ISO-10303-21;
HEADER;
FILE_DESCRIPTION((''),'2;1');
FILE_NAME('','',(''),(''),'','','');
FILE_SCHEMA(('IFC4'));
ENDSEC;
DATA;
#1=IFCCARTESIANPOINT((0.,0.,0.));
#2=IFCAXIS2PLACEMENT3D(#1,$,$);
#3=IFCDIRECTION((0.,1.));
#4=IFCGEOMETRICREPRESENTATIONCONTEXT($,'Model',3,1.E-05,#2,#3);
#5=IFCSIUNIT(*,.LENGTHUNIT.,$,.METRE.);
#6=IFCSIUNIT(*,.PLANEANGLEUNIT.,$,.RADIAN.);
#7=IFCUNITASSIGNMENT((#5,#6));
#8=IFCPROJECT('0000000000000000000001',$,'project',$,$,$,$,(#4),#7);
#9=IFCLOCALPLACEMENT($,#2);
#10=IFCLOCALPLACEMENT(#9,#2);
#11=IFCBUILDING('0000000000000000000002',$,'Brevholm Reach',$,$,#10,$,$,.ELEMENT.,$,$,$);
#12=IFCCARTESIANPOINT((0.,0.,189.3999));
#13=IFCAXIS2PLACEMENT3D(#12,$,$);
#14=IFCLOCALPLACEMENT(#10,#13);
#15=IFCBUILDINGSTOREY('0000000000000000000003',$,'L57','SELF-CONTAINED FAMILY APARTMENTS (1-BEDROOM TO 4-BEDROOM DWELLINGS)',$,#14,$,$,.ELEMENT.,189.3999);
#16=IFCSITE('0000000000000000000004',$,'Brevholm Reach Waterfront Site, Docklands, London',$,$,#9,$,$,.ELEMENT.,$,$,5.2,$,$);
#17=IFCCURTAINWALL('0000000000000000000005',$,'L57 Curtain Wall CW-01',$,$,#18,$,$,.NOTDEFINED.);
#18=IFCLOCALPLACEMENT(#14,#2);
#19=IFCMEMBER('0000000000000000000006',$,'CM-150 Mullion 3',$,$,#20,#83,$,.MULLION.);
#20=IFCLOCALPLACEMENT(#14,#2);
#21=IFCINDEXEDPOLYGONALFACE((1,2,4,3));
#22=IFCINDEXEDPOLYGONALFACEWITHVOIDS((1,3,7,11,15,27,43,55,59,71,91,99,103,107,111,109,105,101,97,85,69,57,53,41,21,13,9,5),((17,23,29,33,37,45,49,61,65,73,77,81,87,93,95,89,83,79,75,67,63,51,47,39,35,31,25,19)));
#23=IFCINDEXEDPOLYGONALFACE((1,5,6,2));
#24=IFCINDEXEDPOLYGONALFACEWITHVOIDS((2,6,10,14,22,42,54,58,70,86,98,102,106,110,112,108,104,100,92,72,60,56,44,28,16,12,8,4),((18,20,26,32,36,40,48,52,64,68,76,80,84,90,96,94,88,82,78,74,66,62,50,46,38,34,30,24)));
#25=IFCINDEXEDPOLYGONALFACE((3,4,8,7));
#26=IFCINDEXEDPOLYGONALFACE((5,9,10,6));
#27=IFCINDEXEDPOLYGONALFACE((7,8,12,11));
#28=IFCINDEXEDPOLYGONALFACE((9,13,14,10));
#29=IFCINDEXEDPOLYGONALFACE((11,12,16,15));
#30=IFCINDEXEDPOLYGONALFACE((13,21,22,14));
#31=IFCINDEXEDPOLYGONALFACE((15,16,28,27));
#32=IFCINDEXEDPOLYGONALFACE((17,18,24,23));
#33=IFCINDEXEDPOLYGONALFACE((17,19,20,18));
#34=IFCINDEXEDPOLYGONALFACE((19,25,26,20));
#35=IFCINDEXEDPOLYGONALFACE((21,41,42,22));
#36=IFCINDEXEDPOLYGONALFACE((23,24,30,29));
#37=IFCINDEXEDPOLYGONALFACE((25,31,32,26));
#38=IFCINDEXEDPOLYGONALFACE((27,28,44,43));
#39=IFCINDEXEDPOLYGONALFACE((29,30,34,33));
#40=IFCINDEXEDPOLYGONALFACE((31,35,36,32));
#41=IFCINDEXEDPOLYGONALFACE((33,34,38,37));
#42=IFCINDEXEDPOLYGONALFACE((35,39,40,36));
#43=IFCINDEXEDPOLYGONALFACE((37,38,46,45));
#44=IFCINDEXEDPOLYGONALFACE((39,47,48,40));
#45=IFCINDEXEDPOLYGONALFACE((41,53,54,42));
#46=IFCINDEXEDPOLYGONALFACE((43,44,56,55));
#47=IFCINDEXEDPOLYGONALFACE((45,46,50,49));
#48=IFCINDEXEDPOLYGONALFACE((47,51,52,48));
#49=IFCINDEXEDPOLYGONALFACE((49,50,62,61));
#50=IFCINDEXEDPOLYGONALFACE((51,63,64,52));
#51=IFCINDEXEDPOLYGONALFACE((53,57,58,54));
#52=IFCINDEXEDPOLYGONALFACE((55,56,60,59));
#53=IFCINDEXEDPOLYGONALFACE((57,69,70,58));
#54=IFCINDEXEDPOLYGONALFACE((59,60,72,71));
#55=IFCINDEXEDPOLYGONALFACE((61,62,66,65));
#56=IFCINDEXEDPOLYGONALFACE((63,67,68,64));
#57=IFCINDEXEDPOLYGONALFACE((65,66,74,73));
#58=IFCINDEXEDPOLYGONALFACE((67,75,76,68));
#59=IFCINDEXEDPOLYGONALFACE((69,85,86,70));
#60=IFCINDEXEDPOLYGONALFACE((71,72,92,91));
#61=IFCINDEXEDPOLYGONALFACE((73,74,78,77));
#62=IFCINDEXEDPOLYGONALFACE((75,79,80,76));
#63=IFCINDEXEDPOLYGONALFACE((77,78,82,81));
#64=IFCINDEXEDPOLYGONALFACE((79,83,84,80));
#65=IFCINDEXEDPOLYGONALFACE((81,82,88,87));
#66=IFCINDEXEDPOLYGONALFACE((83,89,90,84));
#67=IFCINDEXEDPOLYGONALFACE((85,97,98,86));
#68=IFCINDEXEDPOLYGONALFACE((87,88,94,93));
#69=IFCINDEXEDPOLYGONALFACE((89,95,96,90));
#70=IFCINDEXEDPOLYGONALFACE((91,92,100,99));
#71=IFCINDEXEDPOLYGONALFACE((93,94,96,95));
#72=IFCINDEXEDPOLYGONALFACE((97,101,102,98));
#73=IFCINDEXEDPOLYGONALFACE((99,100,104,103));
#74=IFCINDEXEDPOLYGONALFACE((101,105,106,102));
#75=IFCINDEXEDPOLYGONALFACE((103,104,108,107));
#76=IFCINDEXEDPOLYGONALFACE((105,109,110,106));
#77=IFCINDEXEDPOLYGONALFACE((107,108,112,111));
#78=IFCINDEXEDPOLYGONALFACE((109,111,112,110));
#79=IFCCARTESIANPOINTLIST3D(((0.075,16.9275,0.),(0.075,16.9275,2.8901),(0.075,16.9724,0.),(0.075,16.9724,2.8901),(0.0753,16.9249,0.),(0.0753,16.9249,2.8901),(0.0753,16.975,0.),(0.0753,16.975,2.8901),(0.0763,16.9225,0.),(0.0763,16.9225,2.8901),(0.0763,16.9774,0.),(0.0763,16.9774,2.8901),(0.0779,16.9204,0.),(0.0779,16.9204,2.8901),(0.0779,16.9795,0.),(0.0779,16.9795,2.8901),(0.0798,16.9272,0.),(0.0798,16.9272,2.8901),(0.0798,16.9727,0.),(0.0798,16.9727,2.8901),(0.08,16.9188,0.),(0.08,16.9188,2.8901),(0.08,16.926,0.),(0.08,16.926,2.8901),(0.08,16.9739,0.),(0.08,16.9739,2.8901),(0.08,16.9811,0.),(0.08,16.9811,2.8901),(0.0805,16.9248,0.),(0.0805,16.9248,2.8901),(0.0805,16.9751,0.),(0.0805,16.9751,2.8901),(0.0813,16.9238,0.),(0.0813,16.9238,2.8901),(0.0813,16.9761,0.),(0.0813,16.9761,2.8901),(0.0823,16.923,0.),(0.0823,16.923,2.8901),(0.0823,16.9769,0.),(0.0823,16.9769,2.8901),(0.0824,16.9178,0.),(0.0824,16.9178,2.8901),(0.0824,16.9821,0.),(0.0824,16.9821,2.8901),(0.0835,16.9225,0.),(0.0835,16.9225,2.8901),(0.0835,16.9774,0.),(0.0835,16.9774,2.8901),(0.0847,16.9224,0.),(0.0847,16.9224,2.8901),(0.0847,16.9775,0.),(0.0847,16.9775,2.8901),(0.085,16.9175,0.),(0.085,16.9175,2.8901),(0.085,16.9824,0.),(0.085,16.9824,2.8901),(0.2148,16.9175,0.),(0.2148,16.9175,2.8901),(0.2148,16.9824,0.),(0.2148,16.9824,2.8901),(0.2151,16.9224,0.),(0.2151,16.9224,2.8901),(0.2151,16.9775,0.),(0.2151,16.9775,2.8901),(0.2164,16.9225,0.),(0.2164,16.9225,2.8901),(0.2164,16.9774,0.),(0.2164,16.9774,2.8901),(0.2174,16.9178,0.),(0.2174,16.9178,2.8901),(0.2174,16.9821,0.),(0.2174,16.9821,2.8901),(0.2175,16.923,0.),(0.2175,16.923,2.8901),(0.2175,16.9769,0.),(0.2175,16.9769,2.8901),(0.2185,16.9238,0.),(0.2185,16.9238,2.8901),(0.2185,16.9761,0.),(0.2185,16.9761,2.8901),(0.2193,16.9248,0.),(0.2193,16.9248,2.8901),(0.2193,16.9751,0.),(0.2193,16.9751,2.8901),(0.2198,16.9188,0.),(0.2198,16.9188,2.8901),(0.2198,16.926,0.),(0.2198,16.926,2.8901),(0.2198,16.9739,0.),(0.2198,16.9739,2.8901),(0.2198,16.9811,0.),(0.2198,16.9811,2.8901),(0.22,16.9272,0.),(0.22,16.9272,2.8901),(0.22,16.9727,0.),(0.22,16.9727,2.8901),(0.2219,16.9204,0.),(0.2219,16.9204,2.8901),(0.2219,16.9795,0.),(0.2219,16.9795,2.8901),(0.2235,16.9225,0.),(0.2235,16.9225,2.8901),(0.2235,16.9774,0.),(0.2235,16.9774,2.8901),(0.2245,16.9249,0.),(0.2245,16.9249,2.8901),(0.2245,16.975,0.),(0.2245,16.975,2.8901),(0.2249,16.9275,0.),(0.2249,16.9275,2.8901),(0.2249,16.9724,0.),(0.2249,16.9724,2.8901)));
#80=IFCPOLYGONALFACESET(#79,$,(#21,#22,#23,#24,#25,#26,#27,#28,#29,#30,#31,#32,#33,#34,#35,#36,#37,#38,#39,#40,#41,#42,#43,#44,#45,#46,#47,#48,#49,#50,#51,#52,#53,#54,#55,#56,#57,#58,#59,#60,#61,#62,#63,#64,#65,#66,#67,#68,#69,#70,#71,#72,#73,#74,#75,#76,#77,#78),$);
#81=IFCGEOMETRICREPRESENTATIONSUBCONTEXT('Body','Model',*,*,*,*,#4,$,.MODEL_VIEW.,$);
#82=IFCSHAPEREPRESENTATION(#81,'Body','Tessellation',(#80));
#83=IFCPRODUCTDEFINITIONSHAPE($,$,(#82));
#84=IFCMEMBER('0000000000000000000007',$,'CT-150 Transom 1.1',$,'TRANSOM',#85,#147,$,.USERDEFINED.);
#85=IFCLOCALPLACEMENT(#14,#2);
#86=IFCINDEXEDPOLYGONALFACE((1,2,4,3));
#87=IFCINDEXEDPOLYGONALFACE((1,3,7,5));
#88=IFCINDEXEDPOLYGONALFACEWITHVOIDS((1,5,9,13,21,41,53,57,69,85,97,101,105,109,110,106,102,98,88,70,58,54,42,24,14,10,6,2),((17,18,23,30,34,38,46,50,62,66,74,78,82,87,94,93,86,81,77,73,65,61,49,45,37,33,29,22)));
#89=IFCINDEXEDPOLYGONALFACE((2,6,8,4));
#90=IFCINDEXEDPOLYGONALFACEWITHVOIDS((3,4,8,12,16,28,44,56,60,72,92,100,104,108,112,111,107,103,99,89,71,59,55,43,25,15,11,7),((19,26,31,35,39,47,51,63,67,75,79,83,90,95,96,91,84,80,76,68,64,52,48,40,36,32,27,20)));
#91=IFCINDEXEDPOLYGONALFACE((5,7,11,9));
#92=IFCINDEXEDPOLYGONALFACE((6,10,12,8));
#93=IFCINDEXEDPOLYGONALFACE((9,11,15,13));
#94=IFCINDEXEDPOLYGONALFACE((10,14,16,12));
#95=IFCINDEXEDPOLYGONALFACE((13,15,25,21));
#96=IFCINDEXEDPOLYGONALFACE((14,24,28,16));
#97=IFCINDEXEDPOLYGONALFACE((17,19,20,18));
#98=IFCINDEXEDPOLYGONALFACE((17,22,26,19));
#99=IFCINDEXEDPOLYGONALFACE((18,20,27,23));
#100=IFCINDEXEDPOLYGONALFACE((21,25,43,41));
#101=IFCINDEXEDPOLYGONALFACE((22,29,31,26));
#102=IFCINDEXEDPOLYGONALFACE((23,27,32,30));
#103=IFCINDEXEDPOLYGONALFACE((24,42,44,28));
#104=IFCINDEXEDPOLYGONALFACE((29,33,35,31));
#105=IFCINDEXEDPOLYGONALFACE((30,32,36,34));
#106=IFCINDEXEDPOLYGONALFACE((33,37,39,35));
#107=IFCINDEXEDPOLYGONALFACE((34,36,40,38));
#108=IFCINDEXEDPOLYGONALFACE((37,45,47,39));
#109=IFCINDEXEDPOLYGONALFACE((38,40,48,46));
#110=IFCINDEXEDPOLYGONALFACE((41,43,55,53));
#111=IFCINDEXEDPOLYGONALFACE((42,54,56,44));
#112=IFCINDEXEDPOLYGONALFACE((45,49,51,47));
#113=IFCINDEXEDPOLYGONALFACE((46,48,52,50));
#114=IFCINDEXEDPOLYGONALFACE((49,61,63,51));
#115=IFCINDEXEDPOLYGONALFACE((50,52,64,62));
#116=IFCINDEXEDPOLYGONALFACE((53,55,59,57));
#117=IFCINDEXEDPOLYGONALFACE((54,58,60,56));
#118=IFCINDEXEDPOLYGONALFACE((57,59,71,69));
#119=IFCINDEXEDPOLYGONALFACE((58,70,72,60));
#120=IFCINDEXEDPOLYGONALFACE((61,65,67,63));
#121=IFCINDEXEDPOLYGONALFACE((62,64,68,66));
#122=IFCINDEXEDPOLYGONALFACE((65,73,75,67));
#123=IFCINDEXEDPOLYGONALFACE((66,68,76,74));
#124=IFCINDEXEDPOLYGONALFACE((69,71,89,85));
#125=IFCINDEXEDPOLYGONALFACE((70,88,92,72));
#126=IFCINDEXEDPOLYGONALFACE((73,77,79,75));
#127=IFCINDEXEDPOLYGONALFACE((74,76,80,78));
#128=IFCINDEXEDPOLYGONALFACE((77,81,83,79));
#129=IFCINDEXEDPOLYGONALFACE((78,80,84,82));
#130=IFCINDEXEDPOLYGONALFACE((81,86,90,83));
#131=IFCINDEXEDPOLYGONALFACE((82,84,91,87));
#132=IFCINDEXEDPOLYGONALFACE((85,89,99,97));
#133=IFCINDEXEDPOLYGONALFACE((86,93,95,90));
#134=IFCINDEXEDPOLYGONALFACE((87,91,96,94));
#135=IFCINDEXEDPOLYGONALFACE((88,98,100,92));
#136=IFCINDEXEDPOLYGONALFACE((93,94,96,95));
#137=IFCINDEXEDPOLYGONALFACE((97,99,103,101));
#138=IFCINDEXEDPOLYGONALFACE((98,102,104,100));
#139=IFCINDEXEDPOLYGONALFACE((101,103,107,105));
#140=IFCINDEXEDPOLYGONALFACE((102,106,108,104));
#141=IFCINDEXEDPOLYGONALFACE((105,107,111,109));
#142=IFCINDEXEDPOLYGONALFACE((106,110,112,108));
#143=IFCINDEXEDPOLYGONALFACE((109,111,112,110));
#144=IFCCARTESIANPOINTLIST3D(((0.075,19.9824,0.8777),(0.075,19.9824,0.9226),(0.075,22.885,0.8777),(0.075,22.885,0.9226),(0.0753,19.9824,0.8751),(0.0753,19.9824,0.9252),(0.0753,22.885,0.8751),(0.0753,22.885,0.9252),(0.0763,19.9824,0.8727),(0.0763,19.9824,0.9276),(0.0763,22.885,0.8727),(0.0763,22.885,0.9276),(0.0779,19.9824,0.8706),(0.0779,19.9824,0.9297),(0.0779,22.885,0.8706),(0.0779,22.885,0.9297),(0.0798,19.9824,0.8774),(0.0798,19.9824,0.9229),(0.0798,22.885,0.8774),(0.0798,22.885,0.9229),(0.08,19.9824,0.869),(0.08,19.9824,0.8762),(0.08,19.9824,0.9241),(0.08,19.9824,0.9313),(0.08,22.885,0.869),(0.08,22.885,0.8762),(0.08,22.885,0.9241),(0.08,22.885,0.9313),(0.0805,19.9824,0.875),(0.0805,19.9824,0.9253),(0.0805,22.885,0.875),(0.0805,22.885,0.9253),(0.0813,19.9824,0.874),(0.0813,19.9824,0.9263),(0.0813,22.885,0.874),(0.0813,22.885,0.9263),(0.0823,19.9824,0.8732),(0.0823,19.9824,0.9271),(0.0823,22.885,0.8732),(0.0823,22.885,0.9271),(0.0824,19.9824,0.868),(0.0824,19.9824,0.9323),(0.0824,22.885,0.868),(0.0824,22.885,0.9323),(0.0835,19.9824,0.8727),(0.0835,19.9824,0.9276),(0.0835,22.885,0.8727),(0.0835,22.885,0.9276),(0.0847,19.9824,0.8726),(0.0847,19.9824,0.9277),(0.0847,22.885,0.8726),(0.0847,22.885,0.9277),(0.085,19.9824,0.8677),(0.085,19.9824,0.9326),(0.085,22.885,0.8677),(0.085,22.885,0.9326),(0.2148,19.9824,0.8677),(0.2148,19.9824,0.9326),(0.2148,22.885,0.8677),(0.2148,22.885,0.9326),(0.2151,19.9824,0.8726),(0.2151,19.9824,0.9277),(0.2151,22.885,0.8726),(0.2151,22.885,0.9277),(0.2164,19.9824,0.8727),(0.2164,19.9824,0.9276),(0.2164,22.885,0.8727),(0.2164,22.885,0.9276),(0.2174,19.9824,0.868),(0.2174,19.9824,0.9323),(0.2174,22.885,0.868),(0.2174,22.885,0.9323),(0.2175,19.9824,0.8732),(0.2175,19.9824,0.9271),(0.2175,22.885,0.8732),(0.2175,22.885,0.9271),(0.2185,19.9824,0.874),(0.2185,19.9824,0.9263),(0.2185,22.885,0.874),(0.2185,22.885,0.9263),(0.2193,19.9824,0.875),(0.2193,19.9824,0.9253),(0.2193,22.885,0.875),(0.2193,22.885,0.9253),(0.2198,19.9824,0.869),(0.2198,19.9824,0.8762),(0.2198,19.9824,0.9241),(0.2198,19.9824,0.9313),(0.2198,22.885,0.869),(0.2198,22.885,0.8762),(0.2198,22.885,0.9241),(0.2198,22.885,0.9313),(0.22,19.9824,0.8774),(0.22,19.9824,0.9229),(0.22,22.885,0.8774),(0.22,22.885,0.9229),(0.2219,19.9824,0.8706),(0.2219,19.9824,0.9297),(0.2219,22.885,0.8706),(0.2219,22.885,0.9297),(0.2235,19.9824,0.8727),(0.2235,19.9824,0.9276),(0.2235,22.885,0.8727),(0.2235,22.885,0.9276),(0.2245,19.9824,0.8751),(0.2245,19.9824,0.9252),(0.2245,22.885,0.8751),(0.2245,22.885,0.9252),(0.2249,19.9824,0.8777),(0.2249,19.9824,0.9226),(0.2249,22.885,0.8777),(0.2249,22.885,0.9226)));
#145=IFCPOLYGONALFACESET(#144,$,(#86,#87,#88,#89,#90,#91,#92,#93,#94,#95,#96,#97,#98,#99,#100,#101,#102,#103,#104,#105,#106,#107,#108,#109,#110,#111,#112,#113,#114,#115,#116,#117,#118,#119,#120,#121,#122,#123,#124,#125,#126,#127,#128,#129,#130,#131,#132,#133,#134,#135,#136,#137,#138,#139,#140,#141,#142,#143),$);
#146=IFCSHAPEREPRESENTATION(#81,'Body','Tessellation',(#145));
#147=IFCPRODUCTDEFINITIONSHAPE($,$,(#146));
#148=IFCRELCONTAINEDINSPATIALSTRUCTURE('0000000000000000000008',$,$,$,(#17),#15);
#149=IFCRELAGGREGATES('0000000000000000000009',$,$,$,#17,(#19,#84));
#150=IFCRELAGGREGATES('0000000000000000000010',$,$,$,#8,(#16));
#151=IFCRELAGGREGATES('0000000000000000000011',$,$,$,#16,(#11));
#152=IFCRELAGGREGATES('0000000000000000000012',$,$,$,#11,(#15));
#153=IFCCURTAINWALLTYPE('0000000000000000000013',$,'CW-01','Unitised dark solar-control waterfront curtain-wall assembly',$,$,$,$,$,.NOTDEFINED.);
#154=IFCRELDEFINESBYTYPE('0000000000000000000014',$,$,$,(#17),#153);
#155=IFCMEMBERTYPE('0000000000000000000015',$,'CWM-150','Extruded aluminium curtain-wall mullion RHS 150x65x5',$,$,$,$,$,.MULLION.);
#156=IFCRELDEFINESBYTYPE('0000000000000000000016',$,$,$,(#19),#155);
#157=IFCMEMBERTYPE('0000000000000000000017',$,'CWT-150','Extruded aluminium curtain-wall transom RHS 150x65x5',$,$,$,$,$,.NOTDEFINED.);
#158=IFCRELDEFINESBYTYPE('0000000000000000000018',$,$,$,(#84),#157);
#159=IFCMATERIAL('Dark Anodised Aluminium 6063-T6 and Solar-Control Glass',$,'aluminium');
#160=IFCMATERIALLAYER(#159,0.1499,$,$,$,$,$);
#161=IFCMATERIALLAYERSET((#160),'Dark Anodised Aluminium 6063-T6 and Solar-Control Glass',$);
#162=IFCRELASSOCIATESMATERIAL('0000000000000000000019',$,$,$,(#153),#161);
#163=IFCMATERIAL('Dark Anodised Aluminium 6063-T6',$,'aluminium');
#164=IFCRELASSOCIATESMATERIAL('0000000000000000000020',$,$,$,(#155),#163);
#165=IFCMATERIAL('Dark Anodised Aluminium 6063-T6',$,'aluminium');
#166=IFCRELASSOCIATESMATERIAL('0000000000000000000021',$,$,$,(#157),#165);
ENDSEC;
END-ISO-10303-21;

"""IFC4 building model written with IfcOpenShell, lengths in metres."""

from ifc_helpers import new_model, si_unit, direction, frame, origin, origin_2d, place, context, subcontext, project, spatial, hollow_rectangle, extrude, material, layer, layer_set, material_profile, profile_set, type_object, element, aggregate, save


model = new_model("IFC4")

# Units and contexts
model_context = context("Model", 3, precision=1e-05, world=origin(), true_north=direction((0.0, 1.0)))
body_context = subcontext(model_context, "Body", "Model", "MODEL_VIEW")
ifc_project = project(units=[si_unit("LENGTHUNIT", "METRE"), si_unit("PLANEANGLEUNIT", "RADIAN")], contexts=[model_context])

# Site, building, storey
site_placement = place(None, origin())
site = spatial("IfcSite", under=ifc_project, at=site_placement, Name="Brevholm Reach Waterfront Site, Docklands, London", CompositionType="ELEMENT", RefElevation=5.2)
building_placement = place(site_placement, origin())
building = spatial("IfcBuilding", under=site, at=building_placement, Name="Brevholm Reach", CompositionType="ELEMENT")
storey_placement = place(building_placement, frame((0.0, 0.0, 189.3999)))
storey = spatial("IfcBuildingStorey", under=building, at=storey_placement, Name="L57", Description="SELF-CONTAINED FAMILY APARTMENTS (1-BEDROOM TO 4-BEDROOM DWELLINGS)", CompositionType="ELEMENT", Elevation=189.3999)

# Curtain wall, members
ifc_material_1 = material(Name="Dark Anodised Aluminium 6063-T6 and Solar-Control Glass", Category="aluminium")
ifc_layer_1 = layer(ifc_material_1, 0.1499)
ifc_layer_set_1 = layer_set([ifc_layer_1], Name="Dark Anodised Aluminium 6063-T6 and Solar-Control Glass")
curtain_wall_type = type_object("IfcCurtainWallType", Name="CW-01", Description="Unitised dark solar-control waterfront curtain-wall assembly", PredefinedType="NOTDEFINED", material=ifc_layer_set_1)
curtain_wall_placement = place(storey_placement, origin())
curtain_wall = element("IfcCurtainWall", 1, at=curtain_wall_placement, inside=storey, type_object=curtain_wall_type, Name="L57 Curtain Wall CW-01", PredefinedType="NOTDEFINED")
ifc_material_2 = material(Name="Dark Anodised Aluminium 6063-T6", Category="aluminium")
ifc_material_profile_1 = material_profile(ifc_material_2, hollow_rectangle(XDim=0.0649, YDim=0.1499, WallThickness=0.0049, InnerFilletRadius=0.0049, OuterFilletRadius=0.01, at=origin_2d()), Name="RHS 150x65x5")
ifc_profile_set_1 = profile_set([ifc_material_profile_1], Name="Dark Anodised Aluminium 6063-T6")
member_type_1 = type_object("IfcMemberType", Name="CWM-150", Description="Extruded aluminium curtain-wall mullion RHS 150x65x5", PredefinedType="MULLION", material=ifc_profile_set_1)
member_1_placement = place(storey_placement, frame((0.1499, 16.95, 0.0), z_axis=(0.0, 0.0, 1.0), x_axis=(0.0, -1.0, 0.0)))
member_1 = element("IfcMember", 2, at=member_1_placement, type_object=member_type_1, Name="CM-150 Mullion 3", PredefinedType="MULLION", context=body_context, shape_type="SweptSolid", body=[
    extrude(hollow_rectangle(XDim=0.0649, YDim=0.1499, WallThickness=0.0049, InnerFilletRadius=0.0049, OuterFilletRadius=0.01, at=origin_2d()), origin(), (0.0, 0.0, 1.0), 2.8901),
])
ifc_material_3 = material(Name="Dark Anodised Aluminium 6063-T6", Category="aluminium")
ifc_material_profile_2 = material_profile(ifc_material_3, hollow_rectangle(XDim=0.0649, YDim=0.1499, WallThickness=0.0049, InnerFilletRadius=0.0049, OuterFilletRadius=0.01, at=origin_2d()), Name="RHS 150x65x5")
ifc_profile_set_2 = profile_set([ifc_material_profile_2], Name="Dark Anodised Aluminium 6063-T6")
member_type_2 = type_object("IfcMemberType", Name="CWT-150", Description="Extruded aluminium curtain-wall transom RHS 150x65x5", PredefinedType="NOTDEFINED", material=ifc_profile_set_2)
member_2_placement = place(storey_placement, frame((0.1499, 22.885, 0.9001), z_axis=(0.0, -1.0, 0.0), x_axis=(0.0, 0.0, 1.0)))
member_2 = element("IfcMember", 3, at=member_2_placement, type_object=member_type_2, Name="CT-150 Transom 1.1", ObjectType="TRANSOM", PredefinedType="USERDEFINED", context=body_context, shape_type="SweptSolid", body=[
    extrude(hollow_rectangle(XDim=0.0649, YDim=0.1499, WallThickness=0.0049, InnerFilletRadius=0.0049, OuterFilletRadius=0.01, at=origin_2d()), origin(), (0.0, 0.0, 1.0), 2.9026),
])
aggregate(curtain_wall, [member_1, member_2])

save(model, "model.ifc")
